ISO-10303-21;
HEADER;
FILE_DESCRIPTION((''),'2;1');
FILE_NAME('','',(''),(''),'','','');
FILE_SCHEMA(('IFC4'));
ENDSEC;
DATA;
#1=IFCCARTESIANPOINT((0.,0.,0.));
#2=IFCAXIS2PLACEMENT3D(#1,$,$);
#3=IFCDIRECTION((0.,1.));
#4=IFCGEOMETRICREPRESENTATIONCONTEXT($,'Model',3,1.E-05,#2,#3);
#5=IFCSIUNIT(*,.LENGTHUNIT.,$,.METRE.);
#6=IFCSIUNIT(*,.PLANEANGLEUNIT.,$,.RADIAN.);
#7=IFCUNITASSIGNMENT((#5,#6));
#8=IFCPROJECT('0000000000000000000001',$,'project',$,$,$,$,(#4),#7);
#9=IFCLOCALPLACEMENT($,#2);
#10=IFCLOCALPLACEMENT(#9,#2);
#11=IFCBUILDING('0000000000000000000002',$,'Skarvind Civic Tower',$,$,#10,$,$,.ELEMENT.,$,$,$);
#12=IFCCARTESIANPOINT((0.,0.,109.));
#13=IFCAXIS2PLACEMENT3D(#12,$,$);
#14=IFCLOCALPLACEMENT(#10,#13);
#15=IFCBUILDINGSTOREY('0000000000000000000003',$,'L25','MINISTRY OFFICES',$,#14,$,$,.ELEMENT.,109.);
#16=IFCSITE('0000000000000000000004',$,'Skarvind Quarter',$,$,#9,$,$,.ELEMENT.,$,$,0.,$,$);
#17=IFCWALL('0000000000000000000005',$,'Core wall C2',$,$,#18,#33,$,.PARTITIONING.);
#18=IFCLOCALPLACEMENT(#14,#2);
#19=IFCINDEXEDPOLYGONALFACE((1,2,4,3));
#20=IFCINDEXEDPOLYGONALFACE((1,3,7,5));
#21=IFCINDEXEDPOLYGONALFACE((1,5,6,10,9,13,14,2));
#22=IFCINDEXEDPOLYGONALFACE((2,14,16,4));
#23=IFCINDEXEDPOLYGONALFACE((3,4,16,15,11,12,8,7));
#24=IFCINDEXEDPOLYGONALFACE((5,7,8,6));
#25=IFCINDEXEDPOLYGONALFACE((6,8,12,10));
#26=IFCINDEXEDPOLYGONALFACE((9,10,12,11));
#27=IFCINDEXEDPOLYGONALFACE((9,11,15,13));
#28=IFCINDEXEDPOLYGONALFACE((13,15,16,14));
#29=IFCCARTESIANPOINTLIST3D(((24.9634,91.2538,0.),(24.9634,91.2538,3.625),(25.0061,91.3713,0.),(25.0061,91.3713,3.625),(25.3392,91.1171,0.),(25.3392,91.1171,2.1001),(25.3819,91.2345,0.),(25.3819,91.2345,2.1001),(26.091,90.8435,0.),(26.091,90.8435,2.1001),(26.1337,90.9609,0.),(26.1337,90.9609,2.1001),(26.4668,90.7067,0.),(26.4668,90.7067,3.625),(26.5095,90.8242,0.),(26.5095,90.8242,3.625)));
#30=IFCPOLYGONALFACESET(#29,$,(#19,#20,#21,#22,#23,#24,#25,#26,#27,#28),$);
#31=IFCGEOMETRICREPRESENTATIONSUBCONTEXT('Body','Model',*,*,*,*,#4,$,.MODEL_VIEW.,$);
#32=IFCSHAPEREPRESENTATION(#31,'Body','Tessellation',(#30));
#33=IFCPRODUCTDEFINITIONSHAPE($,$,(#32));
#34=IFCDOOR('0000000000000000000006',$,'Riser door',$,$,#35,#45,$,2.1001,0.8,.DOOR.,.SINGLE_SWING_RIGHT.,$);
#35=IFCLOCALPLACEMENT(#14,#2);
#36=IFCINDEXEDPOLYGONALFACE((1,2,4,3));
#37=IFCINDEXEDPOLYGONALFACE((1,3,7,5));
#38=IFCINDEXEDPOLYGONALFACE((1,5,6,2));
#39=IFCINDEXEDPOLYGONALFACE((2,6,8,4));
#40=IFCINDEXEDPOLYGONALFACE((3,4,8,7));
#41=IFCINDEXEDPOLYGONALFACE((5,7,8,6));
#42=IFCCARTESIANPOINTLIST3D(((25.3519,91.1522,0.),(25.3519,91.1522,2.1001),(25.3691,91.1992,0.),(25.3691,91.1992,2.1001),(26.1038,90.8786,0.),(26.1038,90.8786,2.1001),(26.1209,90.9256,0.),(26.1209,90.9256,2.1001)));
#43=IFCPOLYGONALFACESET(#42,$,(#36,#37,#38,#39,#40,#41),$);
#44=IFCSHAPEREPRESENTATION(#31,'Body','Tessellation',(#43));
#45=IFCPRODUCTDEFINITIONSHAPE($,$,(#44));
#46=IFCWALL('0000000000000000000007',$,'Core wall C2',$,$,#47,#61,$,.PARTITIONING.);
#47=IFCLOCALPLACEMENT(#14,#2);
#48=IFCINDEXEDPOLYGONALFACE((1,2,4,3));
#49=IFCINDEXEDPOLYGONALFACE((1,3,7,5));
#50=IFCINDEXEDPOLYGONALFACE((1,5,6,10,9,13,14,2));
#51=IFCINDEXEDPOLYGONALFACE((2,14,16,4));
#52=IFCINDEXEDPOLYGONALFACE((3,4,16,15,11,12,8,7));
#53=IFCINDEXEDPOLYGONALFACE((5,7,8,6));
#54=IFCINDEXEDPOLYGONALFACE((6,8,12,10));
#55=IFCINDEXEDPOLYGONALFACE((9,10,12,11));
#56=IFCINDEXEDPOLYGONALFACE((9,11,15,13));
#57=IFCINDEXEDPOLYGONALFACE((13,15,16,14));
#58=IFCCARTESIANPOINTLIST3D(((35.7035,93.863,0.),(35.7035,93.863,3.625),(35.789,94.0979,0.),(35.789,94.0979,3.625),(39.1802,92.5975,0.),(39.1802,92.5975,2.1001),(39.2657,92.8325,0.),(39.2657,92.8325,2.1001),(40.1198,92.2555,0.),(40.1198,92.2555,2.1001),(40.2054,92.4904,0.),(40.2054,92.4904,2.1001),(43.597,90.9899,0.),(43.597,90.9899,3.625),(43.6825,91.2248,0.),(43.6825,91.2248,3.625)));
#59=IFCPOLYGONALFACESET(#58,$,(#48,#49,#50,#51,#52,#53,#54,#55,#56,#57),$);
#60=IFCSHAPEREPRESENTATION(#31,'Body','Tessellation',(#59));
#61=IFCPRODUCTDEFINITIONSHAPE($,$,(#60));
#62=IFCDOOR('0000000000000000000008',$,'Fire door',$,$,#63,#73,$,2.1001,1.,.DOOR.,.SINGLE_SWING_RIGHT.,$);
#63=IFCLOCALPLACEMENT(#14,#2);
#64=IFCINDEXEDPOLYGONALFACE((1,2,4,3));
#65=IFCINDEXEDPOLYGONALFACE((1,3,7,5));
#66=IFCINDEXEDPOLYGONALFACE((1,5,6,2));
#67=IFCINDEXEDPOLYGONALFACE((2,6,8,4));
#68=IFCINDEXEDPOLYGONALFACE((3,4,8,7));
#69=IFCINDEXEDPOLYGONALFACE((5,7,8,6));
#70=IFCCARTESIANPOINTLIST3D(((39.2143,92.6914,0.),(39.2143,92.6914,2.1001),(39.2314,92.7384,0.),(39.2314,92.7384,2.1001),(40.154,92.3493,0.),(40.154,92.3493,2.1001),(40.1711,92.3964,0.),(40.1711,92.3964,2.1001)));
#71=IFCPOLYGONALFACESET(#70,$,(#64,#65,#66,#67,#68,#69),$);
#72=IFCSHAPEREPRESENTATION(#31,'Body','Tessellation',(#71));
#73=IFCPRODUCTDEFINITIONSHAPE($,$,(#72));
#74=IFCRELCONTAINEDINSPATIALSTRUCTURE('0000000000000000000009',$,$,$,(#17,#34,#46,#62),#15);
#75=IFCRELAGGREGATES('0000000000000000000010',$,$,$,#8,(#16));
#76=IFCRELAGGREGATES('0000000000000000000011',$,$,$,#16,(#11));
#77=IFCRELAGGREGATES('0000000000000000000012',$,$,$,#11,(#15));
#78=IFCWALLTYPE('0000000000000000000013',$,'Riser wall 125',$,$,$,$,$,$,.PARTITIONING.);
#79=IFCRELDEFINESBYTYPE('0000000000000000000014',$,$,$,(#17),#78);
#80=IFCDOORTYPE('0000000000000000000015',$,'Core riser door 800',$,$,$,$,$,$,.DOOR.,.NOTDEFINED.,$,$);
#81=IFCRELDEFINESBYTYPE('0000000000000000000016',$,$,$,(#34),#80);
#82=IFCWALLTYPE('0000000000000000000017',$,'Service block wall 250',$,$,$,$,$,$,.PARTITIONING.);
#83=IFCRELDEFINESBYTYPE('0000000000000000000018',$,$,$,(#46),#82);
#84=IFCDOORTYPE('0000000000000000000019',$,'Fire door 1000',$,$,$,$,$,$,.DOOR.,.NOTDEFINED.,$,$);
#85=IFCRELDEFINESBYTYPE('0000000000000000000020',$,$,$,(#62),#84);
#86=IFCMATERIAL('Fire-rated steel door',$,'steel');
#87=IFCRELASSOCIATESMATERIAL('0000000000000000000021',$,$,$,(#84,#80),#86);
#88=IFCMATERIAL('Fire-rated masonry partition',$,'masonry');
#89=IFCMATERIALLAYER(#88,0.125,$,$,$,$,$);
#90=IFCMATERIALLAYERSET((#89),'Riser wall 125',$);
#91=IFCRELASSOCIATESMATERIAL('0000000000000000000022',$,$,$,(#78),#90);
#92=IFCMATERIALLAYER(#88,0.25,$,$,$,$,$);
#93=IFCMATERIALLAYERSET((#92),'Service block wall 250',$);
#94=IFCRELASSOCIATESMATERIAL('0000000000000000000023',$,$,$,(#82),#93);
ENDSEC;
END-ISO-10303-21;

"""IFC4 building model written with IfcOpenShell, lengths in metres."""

from ifc_helpers import new_model, si_unit, direction, frame, frame_2d, origin, place, context, subcontext, project, spatial, rectangle, extrude, material, layer, layer_set, type_object, element, fill, save


model = new_model("IFC4")

# Units and contexts
model_context = context("Model", 3, precision=1e-05, world=origin(), true_north=direction((0.0, 1.0)))
body_context = subcontext(model_context, "Body", "Model", "MODEL_VIEW")
ifc_project = project(units=[si_unit("LENGTHUNIT", "METRE"), si_unit("PLANEANGLEUNIT", "RADIAN")], contexts=[model_context])

# Site, building, storey
site_placement = place(None, origin())
site = spatial("IfcSite", under=ifc_project, at=site_placement, Name="Skarvind Quarter", CompositionType="ELEMENT", RefElevation=0.0)
building_placement = place(site_placement, origin())
building = spatial("IfcBuilding", under=site, at=building_placement, Name="Skarvind Civic Tower", CompositionType="ELEMENT")
storey_placement = place(building_placement, frame((0.0, 0.0, 109.0)))
storey = spatial("IfcBuildingStorey", under=building, at=storey_placement, Name="L25", Description="MINISTRY OFFICES", CompositionType="ELEMENT", Elevation=109.0)

# Shared definitions
ifc_material_1 = material(Name="Fire-rated masonry partition", Category="masonry")
ifc_material_2 = material(Name="Fire-rated steel door", Category="steel")
door_type_1 = type_object("IfcDoorType", Name="Fire door 1000", OperationType="NOTDEFINED", PredefinedType="DOOR", material=ifc_material_2)

# Walls, openings, doors
ifc_layer_1 = layer(ifc_material_1, 0.125)
ifc_layer_set_1 = layer_set([ifc_layer_1], Name="Riser wall 125")
wall_type_1 = type_object("IfcWallType", Name="Riser wall 125", PredefinedType="PARTITIONING", material=ifc_layer_set_1)
wall_1_placement = place(storey_placement, frame((24.9849, 91.3125, 0.0), z_axis=(0.0, 0.0, 1.0), x_axis=(0.939709, -0.341976, 0.0)))
wall_1 = element("IfcWall", 1, at=wall_1_placement, inside=storey, type_object=wall_type_1, Name="Core wall C2", PredefinedType="PARTITIONING", context=body_context, shape_type="SweptSolid", body=[
    extrude(rectangle(XDim=1.5999, YDim=0.125, at=frame_2d((0.7998, 0.0))), origin(), (0.0, 0.0, 1.0), 3.625),
])
opening_1_placement = place(wall_1_placement, frame((0.3999, 0.0, 0.0)))
opening_1 = element("IfcOpeningElement", 2, at=opening_1_placement, cuts=wall_1, PredefinedType="OPENING", context=body_context, shape_type="SweptSolid", body=[
    extrude(rectangle(XDim=0.8, YDim=2.1001, at=frame_2d((0.3999, 1.05))), frame((0.0, 0.0725, 0.0), z_axis=(0.0, -1.0, 0.0), x_axis=(1.0, 0.0, 0.0)), (0.0, 0.0, 1.0), 0.145),
])
door_type_2 = type_object("IfcDoorType", Name="Core riser door 800", OperationType="NOTDEFINED", PredefinedType="DOOR", material=ifc_material_2)
door_1_placement = place(opening_1_placement, origin())
door_1 = element("IfcDoor", 3, at=door_1_placement, inside=storey, type_object=door_type_2, Name="Riser door", OperationType="SINGLE_SWING_RIGHT", OverallHeight=2.1001, OverallWidth=0.8, PredefinedType="DOOR", context=body_context, shape_type="SweptSolid", body=[
    extrude(rectangle(XDim=0.8, YDim=2.1001, at=frame_2d((0.3999, 1.05))), frame((0.0, 0.0249, 0.0), z_axis=(0.0, -1.0, 0.0), x_axis=(1.0, 0.0, 0.0)), (0.0, 0.0, 1.0), 0.05),
])
fill(opening_1, door_1)
ifc_layer_2 = layer(ifc_material_1, 0.25)
ifc_layer_set_2 = layer_set([ifc_layer_2], Name="Service block wall 250")
wall_type_2 = type_object("IfcWallType", Name="Service block wall 250", PredefinedType="PARTITIONING", material=ifc_layer_set_2)
wall_2_placement = place(storey_placement, frame((35.7461, 93.9805, 0.0), z_axis=(0.0, 0.0, 1.0), x_axis=(0.939692, -0.342023, 0.0)))
wall_2 = element("IfcWall", 4, at=wall_2_placement, inside=storey, type_object=wall_type_2, Name="Core wall C2", PredefinedType="PARTITIONING", context=body_context, shape_type="SweptSolid", body=[
    extrude(rectangle(XDim=8.4001, YDim=0.25, at=frame_2d((4.2002, 0.0))), origin(), (0.0, 0.0, 1.0), 3.625),
])
opening_2_placement = place(wall_2_placement, frame((3.7, 0.0, 0.0)))
opening_2 = element("IfcOpeningElement", 5, at=opening_2_placement, cuts=wall_2, PredefinedType="OPENING", context=body_context, shape_type="SweptSolid", body=[
    extrude(rectangle(XDim=1.0, YDim=2.1001, at=frame_2d((0.5, 1.05))), frame((0.0, 0.135, 0.0), z_axis=(0.0, -1.0, 0.0), x_axis=(1.0, 0.0, 0.0)), (0.0, 0.0, 1.0), 0.27),
])
door_2_placement = place(opening_2_placement, origin())
door_2 = element("IfcDoor", 6, at=door_2_placement, inside=storey, type_object=door_type_1, Name="Fire door", OperationType="SINGLE_SWING_RIGHT", OverallHeight=2.1001, OverallWidth=1.0, PredefinedType="DOOR", context=body_context, shape_type="SweptSolid", body=[
    extrude(rectangle(XDim=1.0, YDim=2.1001, at=frame_2d((0.5, 1.05))), frame((0.0, 0.0249, 0.0), z_axis=(0.0, -1.0, 0.0), x_axis=(1.0, 0.0, 0.0)), (0.0, 0.0, 1.0), 0.05),
])
fill(opening_2, door_2)

save(model, "model.ifc")
